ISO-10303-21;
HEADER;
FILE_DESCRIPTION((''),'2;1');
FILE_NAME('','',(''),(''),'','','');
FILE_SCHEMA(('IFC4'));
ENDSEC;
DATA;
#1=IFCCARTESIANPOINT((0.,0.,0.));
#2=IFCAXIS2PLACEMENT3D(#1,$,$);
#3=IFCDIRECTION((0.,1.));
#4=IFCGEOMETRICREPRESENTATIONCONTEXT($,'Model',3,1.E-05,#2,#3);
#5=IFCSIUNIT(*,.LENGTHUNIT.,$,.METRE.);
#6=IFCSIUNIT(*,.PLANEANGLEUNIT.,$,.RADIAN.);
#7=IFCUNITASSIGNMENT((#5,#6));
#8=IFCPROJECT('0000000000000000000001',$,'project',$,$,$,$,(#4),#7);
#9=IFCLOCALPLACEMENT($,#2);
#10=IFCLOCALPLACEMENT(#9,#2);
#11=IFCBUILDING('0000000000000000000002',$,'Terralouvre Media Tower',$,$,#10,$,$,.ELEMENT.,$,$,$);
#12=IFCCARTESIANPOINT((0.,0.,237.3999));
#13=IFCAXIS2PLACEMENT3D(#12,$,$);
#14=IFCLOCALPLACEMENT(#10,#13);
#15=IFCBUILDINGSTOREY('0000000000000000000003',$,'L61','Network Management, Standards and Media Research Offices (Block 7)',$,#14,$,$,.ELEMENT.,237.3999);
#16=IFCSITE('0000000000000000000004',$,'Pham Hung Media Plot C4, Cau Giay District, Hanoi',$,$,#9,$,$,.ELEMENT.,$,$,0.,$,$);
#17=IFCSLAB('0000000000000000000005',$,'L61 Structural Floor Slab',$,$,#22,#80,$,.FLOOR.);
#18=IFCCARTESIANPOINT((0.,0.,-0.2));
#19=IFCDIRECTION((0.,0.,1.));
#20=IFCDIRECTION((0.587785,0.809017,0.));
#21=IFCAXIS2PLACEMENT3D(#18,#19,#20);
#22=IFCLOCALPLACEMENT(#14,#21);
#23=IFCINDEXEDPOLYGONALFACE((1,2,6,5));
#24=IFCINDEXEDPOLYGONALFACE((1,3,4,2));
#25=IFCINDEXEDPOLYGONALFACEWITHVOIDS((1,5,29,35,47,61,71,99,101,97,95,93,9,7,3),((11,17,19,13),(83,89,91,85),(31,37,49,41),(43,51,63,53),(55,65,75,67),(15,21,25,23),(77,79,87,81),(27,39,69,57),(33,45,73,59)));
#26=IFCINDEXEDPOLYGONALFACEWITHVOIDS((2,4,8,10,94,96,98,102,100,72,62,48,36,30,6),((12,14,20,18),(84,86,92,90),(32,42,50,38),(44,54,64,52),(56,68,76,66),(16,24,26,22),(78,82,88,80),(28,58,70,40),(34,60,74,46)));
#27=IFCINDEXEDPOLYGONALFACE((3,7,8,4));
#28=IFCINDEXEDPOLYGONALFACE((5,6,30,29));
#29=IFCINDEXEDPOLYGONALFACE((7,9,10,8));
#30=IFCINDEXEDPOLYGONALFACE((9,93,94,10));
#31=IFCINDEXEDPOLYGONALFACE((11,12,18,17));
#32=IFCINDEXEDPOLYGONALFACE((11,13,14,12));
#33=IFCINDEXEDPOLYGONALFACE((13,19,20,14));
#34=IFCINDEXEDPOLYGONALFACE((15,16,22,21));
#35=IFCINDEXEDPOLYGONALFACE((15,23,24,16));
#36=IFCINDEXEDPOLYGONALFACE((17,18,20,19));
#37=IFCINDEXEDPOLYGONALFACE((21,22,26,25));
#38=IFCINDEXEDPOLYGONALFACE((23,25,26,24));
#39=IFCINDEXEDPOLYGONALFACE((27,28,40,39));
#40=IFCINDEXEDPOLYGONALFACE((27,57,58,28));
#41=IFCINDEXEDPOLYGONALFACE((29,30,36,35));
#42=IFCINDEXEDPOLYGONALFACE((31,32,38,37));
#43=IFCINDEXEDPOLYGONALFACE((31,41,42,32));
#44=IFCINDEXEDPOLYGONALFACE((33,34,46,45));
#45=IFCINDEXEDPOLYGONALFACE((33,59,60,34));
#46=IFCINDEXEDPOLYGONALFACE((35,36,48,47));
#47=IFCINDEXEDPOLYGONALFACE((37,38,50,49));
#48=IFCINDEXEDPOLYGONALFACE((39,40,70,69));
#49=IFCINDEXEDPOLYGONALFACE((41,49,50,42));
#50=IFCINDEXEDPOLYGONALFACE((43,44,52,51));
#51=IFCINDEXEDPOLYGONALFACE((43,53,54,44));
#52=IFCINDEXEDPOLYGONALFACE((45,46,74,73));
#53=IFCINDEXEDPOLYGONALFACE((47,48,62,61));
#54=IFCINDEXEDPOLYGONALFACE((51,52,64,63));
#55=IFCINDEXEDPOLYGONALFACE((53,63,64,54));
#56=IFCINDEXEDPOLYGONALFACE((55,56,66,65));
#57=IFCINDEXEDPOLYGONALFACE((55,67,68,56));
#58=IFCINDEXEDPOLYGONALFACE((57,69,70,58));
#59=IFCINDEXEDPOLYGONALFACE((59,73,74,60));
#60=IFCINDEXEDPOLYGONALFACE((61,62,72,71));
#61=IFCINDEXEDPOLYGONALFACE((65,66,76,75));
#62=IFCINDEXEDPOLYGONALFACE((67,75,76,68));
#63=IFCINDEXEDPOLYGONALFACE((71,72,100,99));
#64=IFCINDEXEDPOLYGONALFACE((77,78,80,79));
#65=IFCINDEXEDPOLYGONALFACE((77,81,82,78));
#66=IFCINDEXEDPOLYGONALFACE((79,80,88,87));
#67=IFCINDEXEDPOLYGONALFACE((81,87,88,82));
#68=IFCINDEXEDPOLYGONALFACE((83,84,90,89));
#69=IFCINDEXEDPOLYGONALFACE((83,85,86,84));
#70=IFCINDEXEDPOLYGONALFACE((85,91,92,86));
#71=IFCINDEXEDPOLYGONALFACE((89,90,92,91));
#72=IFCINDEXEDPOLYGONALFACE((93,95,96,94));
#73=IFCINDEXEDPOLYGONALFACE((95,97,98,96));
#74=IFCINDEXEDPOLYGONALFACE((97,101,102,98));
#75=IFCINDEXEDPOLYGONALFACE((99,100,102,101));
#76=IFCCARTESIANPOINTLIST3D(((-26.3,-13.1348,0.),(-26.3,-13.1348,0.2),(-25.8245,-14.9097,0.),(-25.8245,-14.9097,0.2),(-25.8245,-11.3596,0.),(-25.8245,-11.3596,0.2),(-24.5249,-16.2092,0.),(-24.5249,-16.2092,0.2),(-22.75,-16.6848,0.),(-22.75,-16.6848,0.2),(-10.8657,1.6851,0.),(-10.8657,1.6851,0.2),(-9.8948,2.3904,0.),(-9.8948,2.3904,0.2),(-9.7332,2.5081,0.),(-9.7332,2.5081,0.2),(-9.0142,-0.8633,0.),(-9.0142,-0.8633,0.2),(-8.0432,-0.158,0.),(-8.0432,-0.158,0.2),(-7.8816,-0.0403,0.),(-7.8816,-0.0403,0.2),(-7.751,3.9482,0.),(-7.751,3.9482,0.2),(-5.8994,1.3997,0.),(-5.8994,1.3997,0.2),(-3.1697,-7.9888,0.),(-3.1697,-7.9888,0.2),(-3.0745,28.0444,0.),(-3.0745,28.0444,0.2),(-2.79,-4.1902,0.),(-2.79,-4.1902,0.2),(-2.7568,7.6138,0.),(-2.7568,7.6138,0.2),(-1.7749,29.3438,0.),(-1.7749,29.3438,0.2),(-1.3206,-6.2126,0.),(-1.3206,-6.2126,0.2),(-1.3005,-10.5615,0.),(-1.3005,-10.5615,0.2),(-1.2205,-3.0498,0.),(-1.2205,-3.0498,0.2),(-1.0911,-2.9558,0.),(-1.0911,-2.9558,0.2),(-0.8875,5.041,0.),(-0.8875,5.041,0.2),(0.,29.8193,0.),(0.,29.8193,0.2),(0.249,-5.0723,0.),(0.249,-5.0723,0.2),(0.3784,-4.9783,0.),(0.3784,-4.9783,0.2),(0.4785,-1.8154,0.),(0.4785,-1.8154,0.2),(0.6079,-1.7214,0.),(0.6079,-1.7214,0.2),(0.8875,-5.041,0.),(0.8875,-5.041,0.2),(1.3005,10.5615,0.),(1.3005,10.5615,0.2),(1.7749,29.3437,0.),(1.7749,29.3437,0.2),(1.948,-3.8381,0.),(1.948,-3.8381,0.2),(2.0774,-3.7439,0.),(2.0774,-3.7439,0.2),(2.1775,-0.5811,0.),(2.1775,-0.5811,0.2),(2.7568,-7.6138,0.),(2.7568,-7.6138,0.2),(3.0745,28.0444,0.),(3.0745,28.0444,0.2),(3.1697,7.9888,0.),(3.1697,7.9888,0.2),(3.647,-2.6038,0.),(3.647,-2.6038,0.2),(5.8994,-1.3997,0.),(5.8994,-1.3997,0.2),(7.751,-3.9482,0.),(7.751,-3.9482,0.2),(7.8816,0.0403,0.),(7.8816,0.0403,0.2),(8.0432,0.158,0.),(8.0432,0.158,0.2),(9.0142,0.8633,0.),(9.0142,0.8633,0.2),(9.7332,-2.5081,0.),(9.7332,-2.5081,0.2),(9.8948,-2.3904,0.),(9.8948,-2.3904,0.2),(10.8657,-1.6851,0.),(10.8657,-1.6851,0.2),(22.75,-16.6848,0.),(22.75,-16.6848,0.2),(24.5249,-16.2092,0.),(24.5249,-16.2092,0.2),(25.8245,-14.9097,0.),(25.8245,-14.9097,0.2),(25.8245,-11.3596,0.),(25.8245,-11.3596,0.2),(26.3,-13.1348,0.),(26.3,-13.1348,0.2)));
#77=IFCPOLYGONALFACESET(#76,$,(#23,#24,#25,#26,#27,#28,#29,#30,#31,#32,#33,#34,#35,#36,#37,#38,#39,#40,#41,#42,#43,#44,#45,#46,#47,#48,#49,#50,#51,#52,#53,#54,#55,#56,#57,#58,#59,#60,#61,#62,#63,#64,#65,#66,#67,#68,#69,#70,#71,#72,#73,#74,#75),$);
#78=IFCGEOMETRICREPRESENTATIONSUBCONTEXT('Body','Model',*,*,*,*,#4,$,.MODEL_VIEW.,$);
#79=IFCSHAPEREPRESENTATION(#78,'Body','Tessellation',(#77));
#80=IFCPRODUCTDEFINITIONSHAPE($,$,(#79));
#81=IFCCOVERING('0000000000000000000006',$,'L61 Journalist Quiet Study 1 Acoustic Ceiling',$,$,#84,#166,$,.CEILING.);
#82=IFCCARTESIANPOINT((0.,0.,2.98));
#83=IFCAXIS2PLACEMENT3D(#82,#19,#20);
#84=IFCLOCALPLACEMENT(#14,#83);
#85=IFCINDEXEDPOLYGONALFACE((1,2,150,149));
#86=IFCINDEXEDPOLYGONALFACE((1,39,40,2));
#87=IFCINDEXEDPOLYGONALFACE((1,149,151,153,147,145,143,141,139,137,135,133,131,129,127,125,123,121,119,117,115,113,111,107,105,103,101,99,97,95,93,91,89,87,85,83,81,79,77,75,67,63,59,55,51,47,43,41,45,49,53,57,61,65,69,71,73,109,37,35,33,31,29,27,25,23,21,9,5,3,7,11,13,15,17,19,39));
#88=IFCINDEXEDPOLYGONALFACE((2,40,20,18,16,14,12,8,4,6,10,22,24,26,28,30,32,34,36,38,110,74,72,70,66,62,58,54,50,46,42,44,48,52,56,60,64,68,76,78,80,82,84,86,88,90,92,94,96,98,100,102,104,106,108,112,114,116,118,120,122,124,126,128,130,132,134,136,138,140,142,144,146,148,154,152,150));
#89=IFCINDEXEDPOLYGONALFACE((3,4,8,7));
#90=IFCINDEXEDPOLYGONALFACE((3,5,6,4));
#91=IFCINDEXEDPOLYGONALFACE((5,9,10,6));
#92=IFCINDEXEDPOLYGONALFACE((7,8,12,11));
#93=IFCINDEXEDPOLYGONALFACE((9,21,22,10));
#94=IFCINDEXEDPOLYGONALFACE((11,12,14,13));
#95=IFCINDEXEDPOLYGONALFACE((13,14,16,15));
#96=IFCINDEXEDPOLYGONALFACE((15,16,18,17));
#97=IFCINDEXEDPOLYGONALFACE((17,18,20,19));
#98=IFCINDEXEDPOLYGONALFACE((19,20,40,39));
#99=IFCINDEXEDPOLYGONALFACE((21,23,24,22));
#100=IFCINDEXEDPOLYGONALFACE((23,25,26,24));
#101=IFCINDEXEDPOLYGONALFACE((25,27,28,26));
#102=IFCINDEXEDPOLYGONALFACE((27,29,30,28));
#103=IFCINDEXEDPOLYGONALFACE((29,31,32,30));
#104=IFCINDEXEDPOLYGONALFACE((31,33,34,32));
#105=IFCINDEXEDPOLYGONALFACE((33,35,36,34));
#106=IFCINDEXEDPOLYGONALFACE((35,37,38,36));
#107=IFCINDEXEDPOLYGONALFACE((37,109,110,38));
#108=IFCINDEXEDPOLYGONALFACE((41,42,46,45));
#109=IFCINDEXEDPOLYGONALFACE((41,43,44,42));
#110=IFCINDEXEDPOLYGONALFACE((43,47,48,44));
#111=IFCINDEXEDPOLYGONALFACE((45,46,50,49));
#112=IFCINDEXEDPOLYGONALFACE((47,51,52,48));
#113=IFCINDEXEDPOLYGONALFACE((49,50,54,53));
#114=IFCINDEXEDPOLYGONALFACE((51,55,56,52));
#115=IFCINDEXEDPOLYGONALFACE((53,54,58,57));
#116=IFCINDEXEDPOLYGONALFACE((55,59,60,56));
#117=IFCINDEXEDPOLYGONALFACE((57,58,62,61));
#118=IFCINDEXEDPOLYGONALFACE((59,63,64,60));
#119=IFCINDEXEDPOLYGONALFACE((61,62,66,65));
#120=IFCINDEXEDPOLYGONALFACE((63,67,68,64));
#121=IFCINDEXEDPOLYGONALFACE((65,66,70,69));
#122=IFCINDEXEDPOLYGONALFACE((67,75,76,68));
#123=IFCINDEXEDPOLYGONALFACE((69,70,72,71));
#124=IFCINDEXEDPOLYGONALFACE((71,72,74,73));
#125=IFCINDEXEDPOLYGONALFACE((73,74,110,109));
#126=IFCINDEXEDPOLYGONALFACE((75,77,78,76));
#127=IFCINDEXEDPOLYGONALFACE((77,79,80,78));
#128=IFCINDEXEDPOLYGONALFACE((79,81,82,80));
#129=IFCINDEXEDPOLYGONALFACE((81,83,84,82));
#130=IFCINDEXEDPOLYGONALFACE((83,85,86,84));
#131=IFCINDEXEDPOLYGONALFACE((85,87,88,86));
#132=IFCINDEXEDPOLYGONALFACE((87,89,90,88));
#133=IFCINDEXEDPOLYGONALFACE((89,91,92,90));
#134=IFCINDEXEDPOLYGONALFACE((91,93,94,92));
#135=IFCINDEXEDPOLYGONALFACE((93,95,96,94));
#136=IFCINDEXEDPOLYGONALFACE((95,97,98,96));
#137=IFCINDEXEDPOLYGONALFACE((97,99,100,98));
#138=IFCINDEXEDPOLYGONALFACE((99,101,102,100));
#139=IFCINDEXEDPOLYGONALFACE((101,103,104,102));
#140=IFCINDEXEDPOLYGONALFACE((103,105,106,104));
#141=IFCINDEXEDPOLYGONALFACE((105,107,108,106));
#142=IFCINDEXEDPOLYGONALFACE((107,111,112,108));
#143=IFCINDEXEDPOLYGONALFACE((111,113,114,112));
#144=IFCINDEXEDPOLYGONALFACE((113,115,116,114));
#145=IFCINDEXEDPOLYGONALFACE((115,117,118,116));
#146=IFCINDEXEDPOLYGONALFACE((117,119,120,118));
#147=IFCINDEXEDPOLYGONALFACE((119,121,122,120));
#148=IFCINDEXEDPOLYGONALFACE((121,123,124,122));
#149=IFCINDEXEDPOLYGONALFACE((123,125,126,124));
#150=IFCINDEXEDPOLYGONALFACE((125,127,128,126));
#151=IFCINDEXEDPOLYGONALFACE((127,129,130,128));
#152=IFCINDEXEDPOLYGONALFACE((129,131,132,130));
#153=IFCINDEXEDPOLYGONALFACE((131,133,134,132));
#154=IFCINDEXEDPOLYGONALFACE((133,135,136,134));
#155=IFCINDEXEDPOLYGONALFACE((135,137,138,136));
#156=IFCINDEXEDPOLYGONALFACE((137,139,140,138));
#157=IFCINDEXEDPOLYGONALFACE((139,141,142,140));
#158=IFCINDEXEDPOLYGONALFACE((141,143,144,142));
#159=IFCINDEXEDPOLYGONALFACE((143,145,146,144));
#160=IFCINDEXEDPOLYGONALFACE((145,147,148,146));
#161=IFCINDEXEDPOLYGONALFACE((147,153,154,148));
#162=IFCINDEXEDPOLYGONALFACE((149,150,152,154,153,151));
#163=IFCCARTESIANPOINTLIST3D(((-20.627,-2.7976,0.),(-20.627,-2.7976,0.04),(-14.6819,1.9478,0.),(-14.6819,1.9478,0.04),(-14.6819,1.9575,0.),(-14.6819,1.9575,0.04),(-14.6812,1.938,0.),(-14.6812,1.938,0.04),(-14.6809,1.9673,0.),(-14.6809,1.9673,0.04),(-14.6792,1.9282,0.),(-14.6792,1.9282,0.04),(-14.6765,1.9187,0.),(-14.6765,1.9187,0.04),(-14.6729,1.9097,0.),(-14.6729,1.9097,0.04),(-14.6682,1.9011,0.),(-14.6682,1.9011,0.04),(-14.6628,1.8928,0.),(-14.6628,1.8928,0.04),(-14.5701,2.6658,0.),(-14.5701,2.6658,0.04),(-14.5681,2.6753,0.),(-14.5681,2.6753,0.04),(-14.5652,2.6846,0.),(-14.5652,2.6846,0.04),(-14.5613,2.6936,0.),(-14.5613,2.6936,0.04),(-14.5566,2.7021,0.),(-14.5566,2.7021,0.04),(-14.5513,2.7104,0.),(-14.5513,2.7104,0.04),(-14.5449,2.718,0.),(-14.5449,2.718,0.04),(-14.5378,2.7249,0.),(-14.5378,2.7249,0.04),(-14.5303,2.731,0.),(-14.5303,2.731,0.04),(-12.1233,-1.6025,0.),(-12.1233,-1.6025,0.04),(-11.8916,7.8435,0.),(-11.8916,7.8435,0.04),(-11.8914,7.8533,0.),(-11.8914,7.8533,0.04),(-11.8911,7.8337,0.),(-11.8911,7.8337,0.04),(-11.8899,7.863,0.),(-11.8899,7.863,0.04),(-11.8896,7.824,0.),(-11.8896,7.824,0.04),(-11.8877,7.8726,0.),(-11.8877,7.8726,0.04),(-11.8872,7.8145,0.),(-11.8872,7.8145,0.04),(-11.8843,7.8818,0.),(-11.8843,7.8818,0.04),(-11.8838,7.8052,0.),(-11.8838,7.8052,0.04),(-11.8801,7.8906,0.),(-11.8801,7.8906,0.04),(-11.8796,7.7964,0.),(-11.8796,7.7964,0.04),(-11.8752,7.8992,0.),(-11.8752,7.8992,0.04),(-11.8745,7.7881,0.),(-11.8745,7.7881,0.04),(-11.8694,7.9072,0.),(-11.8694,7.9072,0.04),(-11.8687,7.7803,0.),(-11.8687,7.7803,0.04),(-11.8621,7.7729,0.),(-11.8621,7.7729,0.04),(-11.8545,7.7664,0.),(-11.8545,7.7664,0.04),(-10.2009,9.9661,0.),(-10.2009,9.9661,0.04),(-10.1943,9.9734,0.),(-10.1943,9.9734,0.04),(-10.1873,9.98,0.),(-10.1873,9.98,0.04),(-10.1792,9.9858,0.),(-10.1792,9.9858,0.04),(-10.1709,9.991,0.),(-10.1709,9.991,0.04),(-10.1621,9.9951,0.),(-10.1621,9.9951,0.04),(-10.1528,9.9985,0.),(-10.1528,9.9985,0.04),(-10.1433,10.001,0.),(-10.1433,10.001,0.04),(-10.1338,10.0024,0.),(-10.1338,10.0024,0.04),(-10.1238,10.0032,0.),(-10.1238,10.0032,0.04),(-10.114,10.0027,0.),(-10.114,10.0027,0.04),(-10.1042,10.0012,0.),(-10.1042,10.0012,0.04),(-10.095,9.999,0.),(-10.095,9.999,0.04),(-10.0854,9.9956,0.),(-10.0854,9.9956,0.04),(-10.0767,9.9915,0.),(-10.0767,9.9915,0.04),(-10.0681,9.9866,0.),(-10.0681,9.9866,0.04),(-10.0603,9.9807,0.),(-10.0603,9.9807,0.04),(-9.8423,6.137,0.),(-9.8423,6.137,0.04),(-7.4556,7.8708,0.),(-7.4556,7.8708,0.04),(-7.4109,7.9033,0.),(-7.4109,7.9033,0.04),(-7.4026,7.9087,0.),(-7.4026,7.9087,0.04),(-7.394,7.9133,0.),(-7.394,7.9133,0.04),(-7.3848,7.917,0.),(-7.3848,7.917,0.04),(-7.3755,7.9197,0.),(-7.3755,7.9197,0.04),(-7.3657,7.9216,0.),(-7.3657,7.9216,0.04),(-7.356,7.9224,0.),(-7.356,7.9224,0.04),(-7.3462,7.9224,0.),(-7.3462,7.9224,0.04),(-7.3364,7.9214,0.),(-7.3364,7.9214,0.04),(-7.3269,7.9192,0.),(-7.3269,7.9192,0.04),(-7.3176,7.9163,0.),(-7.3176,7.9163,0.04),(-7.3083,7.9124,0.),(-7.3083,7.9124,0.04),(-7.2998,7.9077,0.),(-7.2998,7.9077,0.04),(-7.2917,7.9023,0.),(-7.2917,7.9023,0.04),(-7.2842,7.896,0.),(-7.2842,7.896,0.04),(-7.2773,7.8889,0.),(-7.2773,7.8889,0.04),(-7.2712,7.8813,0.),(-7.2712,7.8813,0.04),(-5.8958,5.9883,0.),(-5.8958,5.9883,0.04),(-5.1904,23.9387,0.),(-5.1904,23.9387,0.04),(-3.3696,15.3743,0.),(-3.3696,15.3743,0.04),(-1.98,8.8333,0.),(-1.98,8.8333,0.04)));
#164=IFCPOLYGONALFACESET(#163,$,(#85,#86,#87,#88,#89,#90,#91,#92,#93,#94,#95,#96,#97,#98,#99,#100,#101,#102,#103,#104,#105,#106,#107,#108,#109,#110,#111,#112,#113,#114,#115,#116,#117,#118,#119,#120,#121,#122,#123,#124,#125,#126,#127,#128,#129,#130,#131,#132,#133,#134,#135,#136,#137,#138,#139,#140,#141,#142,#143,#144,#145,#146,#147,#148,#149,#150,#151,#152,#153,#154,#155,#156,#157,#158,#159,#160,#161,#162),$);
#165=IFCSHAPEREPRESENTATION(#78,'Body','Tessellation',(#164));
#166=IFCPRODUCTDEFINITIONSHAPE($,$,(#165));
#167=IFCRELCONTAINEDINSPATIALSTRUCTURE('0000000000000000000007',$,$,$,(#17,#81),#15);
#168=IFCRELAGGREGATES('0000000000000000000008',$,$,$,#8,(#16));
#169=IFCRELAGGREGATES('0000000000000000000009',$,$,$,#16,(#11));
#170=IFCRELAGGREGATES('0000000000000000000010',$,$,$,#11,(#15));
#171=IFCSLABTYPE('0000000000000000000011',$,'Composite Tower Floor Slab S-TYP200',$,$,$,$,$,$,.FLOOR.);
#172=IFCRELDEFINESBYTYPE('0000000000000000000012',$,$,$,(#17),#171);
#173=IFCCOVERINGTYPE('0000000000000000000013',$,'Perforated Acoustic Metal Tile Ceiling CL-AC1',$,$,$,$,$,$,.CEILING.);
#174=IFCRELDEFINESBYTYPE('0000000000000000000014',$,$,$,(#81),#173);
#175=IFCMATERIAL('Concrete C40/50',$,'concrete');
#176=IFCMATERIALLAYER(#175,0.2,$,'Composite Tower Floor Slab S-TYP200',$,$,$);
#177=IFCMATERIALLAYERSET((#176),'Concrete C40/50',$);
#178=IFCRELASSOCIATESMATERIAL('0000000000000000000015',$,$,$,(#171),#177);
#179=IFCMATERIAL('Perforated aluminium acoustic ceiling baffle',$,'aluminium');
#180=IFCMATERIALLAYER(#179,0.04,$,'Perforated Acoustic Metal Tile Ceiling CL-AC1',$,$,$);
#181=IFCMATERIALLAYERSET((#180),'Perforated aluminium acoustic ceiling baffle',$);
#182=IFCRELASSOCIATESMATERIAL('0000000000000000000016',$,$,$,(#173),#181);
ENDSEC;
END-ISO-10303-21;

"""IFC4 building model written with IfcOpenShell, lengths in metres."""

from ifc_helpers import new_model, si_unit, direction, frame, origin, place, context, subcontext, project, spatial, polyline, outline, extrude, material, layer, layer_set, type_object, element, save


model = new_model("IFC4")

# Units and contexts
model_context = context("Model", 3, precision=1e-05, world=origin(), true_north=direction((0.0, 1.0)))
body_context = subcontext(model_context, "Body", "Model", "MODEL_VIEW")
ifc_project = project(units=[si_unit("LENGTHUNIT", "METRE"), si_unit("PLANEANGLEUNIT", "RADIAN")], contexts=[model_context])

# Site, building, storey
site_placement = place(None, origin())
site = spatial("IfcSite", under=ifc_project, at=site_placement, Name="Pham Hung Media Plot C4, Cau Giay District, Hanoi", CompositionType="ELEMENT", RefElevation=0.0)
building_placement = place(site_placement, origin())
building = spatial("IfcBuilding", under=site, at=building_placement, Name="Terralouvre Media Tower", CompositionType="ELEMENT")
storey_placement = place(building_placement, frame((0.0, 0.0, 237.3999)))
storey = spatial("IfcBuildingStorey", under=building, at=storey_placement, Name="L61", Description="Network Management, Standards and Media Research Offices (Block 7)", CompositionType="ELEMENT", Elevation=237.3999)

# Slab
ifc_material_1 = material(Name="Concrete C40/50", Category="concrete")
ifc_layer_1 = layer(ifc_material_1, 0.2, Name="Composite Tower Floor Slab S-TYP200")
ifc_layer_set_1 = layer_set([ifc_layer_1], Name="Concrete C40/50")
slab_type = type_object("IfcSlabType", Name="Composite Tower Floor Slab S-TYP200", PredefinedType="FLOOR", material=ifc_layer_set_1)
slab_placement = place(storey_placement, frame((0.0, 0.0, -0.2), z_axis=(0.0, 0.0, 1.0), x_axis=(0.587785, 0.809017, 0.0)))
element("IfcSlab", 1, at=slab_placement, inside=storey, type_object=slab_type, Name="L61 Structural Floor Slab", PredefinedType="FLOOR", context=body_context, shape_type="SweptSolid", body=[
    extrude(outline(polyline([(-25.8245, -11.3596), (-26.3, -13.1348), (-25.8245, -14.9097), (-24.5249, -16.2092), (-22.75, -16.6848), (22.75, -16.6848), (24.5249, -16.2092), (25.8245, -14.9097), (26.3, -13.1348), (25.8245, -11.3596), (3.0745, 28.0444), (1.7749, 29.3438), (0.0, 29.8193), (-1.7749, 29.3438), (-3.0745, 28.0444), (-25.8245, -11.3596)]), holes=[polyline([(-8.0432, -0.158), (-9.0142, -0.8633), (-10.8657, 1.6851), (-9.8948, 2.3904), (-8.0432, -0.158)]), polyline([(-5.8994, 1.3997), (-7.8816, -0.0403), (-9.7332, 2.5081), (-7.751, 3.9482), (-5.8994, 1.3997)]), polyline([(-3.1697, -7.9888), (0.8875, -5.041), (2.7568, -7.6138), (-1.3005, -10.5615), (-3.1697, -7.9888)]), polyline([(0.249, -5.0723), (-1.3206, -6.2126), (-2.79, -4.1902), (-1.2205, -3.0498), (0.249, -5.0723)]), polyline([(1.948, -3.8381), (0.3784, -4.9783), (-1.0911, -2.9558), (0.4785, -1.8154), (1.948, -3.8381)]), polyline([(3.647, -2.6038), (2.0774, -3.7439), (0.6079, -1.7214), (2.1775, -0.5811), (3.647, -2.6038)]), polyline([(3.1697, 7.9888), (-0.8875, 5.041), (-2.7568, 7.6138), (1.3005, 10.5615), (3.1697, 7.9888)]), polyline([(7.751, -3.9482), (5.8994, -1.3997), (7.8816, 0.0403), (9.7332, -2.5081), (7.751, -3.9482)]), polyline([(9.8948, -2.3904), (8.0432, 0.158), (9.0142, 0.8633), (10.8657, -1.6851), (9.8948, -2.3904)])]), origin(), (0.0, 0.0, 1.0), 0.2),
])

# Covering
ifc_material_2 = material(Name="Perforated aluminium acoustic ceiling baffle", Category="aluminium")
ifc_layer_2 = layer(ifc_material_2, 0.04, Name="Perforated Acoustic Metal Tile Ceiling CL-AC1")
ifc_layer_set_2 = layer_set([ifc_layer_2], Name="Perforated aluminium acoustic ceiling baffle")
covering_type = type_object("IfcCoveringType", Name="Perforated Acoustic Metal Tile Ceiling CL-AC1", PredefinedType="CEILING", material=ifc_layer_set_2)
covering_placement = place(storey_placement, frame((0.0, 0.0, 2.98), z_axis=(0.0, 0.0, 1.0), x_axis=(0.587785, 0.809017, 0.0)))
element("IfcCovering", 2, at=covering_placement, inside=storey, type_object=covering_type, Name="L61 Journalist Quiet Study 1 Acoustic Ceiling", PredefinedType="CEILING", context=body_context, shape_type="SweptSolid", body=[
    extrude(outline(polyline([(-14.6628, 1.8928), (-14.6682, 1.9011), (-14.6729, 1.9097), (-14.6765, 1.9187), (-14.6792, 1.9282), (-14.6812, 1.938), (-14.6819, 1.9478), (-14.6819, 1.9575), (-14.6809, 1.9673), (-14.5701, 2.6658), (-14.5681, 2.6753), (-14.5652, 2.6846), (-14.5613, 2.6936), (-14.5566, 2.7021), (-14.5513, 2.7104), (-14.5449, 2.718), (-14.5378, 2.7249), (-14.5303, 2.731), (-9.8423, 6.137), (-11.8545, 7.7664), (-11.8621, 7.7729), (-11.8687, 7.7803), (-11.8745, 7.7881), (-11.8796, 7.7964), (-11.8838, 7.8052), (-11.8872, 7.8145), (-11.8896, 7.824), (-11.8911, 7.8337), (-11.8916, 7.8435), (-11.8914, 7.8533), (-11.8899, 7.863), (-11.8877, 7.8726), (-11.8843, 7.8818), (-11.8801, 7.8906), (-11.8752, 7.8992), (-11.8694, 7.9072), (-10.2009, 9.9661), (-10.1943, 9.9734), (-10.1873, 9.98), (-10.1792, 9.9858), (-10.1709, 9.991), (-10.1621, 9.9951), (-10.1528, 9.9985), (-10.1433, 10.001), (-10.1338, 10.0024), (-10.1238, 10.0032), (-10.114, 10.0027), (-10.1042, 10.0012), (-10.095, 9.999), (-10.0854, 9.9956), (-10.0767, 9.9915), (-10.0681, 9.9866), (-10.0603, 9.9807), (-7.4556, 7.8708), (-7.4109, 7.9033), (-7.4026, 7.9087), (-7.394, 7.9133), (-7.3848, 7.917), (-7.3755, 7.9197), (-7.3657, 7.9216), (-7.356, 7.9224), (-7.3462, 7.9224), (-7.3364, 7.9214), (-7.3269, 7.9192), (-7.3176, 7.9163), (-7.3083, 7.9124), (-7.2998, 7.9077), (-7.2917, 7.9023), (-7.2842, 7.896), (-7.2773, 7.8889), (-7.2712, 7.8813), (-5.8958, 5.9883), (-1.98, 8.8333), (-3.3696, 15.3743), (-5.1904, 23.9387), (-20.627, -2.7976), (-12.1233, -1.6025), (-14.6628, 1.8928)])), origin(), (0.0, 0.0, 1.0), 0.04),
])

save(model, "model.ifc")
